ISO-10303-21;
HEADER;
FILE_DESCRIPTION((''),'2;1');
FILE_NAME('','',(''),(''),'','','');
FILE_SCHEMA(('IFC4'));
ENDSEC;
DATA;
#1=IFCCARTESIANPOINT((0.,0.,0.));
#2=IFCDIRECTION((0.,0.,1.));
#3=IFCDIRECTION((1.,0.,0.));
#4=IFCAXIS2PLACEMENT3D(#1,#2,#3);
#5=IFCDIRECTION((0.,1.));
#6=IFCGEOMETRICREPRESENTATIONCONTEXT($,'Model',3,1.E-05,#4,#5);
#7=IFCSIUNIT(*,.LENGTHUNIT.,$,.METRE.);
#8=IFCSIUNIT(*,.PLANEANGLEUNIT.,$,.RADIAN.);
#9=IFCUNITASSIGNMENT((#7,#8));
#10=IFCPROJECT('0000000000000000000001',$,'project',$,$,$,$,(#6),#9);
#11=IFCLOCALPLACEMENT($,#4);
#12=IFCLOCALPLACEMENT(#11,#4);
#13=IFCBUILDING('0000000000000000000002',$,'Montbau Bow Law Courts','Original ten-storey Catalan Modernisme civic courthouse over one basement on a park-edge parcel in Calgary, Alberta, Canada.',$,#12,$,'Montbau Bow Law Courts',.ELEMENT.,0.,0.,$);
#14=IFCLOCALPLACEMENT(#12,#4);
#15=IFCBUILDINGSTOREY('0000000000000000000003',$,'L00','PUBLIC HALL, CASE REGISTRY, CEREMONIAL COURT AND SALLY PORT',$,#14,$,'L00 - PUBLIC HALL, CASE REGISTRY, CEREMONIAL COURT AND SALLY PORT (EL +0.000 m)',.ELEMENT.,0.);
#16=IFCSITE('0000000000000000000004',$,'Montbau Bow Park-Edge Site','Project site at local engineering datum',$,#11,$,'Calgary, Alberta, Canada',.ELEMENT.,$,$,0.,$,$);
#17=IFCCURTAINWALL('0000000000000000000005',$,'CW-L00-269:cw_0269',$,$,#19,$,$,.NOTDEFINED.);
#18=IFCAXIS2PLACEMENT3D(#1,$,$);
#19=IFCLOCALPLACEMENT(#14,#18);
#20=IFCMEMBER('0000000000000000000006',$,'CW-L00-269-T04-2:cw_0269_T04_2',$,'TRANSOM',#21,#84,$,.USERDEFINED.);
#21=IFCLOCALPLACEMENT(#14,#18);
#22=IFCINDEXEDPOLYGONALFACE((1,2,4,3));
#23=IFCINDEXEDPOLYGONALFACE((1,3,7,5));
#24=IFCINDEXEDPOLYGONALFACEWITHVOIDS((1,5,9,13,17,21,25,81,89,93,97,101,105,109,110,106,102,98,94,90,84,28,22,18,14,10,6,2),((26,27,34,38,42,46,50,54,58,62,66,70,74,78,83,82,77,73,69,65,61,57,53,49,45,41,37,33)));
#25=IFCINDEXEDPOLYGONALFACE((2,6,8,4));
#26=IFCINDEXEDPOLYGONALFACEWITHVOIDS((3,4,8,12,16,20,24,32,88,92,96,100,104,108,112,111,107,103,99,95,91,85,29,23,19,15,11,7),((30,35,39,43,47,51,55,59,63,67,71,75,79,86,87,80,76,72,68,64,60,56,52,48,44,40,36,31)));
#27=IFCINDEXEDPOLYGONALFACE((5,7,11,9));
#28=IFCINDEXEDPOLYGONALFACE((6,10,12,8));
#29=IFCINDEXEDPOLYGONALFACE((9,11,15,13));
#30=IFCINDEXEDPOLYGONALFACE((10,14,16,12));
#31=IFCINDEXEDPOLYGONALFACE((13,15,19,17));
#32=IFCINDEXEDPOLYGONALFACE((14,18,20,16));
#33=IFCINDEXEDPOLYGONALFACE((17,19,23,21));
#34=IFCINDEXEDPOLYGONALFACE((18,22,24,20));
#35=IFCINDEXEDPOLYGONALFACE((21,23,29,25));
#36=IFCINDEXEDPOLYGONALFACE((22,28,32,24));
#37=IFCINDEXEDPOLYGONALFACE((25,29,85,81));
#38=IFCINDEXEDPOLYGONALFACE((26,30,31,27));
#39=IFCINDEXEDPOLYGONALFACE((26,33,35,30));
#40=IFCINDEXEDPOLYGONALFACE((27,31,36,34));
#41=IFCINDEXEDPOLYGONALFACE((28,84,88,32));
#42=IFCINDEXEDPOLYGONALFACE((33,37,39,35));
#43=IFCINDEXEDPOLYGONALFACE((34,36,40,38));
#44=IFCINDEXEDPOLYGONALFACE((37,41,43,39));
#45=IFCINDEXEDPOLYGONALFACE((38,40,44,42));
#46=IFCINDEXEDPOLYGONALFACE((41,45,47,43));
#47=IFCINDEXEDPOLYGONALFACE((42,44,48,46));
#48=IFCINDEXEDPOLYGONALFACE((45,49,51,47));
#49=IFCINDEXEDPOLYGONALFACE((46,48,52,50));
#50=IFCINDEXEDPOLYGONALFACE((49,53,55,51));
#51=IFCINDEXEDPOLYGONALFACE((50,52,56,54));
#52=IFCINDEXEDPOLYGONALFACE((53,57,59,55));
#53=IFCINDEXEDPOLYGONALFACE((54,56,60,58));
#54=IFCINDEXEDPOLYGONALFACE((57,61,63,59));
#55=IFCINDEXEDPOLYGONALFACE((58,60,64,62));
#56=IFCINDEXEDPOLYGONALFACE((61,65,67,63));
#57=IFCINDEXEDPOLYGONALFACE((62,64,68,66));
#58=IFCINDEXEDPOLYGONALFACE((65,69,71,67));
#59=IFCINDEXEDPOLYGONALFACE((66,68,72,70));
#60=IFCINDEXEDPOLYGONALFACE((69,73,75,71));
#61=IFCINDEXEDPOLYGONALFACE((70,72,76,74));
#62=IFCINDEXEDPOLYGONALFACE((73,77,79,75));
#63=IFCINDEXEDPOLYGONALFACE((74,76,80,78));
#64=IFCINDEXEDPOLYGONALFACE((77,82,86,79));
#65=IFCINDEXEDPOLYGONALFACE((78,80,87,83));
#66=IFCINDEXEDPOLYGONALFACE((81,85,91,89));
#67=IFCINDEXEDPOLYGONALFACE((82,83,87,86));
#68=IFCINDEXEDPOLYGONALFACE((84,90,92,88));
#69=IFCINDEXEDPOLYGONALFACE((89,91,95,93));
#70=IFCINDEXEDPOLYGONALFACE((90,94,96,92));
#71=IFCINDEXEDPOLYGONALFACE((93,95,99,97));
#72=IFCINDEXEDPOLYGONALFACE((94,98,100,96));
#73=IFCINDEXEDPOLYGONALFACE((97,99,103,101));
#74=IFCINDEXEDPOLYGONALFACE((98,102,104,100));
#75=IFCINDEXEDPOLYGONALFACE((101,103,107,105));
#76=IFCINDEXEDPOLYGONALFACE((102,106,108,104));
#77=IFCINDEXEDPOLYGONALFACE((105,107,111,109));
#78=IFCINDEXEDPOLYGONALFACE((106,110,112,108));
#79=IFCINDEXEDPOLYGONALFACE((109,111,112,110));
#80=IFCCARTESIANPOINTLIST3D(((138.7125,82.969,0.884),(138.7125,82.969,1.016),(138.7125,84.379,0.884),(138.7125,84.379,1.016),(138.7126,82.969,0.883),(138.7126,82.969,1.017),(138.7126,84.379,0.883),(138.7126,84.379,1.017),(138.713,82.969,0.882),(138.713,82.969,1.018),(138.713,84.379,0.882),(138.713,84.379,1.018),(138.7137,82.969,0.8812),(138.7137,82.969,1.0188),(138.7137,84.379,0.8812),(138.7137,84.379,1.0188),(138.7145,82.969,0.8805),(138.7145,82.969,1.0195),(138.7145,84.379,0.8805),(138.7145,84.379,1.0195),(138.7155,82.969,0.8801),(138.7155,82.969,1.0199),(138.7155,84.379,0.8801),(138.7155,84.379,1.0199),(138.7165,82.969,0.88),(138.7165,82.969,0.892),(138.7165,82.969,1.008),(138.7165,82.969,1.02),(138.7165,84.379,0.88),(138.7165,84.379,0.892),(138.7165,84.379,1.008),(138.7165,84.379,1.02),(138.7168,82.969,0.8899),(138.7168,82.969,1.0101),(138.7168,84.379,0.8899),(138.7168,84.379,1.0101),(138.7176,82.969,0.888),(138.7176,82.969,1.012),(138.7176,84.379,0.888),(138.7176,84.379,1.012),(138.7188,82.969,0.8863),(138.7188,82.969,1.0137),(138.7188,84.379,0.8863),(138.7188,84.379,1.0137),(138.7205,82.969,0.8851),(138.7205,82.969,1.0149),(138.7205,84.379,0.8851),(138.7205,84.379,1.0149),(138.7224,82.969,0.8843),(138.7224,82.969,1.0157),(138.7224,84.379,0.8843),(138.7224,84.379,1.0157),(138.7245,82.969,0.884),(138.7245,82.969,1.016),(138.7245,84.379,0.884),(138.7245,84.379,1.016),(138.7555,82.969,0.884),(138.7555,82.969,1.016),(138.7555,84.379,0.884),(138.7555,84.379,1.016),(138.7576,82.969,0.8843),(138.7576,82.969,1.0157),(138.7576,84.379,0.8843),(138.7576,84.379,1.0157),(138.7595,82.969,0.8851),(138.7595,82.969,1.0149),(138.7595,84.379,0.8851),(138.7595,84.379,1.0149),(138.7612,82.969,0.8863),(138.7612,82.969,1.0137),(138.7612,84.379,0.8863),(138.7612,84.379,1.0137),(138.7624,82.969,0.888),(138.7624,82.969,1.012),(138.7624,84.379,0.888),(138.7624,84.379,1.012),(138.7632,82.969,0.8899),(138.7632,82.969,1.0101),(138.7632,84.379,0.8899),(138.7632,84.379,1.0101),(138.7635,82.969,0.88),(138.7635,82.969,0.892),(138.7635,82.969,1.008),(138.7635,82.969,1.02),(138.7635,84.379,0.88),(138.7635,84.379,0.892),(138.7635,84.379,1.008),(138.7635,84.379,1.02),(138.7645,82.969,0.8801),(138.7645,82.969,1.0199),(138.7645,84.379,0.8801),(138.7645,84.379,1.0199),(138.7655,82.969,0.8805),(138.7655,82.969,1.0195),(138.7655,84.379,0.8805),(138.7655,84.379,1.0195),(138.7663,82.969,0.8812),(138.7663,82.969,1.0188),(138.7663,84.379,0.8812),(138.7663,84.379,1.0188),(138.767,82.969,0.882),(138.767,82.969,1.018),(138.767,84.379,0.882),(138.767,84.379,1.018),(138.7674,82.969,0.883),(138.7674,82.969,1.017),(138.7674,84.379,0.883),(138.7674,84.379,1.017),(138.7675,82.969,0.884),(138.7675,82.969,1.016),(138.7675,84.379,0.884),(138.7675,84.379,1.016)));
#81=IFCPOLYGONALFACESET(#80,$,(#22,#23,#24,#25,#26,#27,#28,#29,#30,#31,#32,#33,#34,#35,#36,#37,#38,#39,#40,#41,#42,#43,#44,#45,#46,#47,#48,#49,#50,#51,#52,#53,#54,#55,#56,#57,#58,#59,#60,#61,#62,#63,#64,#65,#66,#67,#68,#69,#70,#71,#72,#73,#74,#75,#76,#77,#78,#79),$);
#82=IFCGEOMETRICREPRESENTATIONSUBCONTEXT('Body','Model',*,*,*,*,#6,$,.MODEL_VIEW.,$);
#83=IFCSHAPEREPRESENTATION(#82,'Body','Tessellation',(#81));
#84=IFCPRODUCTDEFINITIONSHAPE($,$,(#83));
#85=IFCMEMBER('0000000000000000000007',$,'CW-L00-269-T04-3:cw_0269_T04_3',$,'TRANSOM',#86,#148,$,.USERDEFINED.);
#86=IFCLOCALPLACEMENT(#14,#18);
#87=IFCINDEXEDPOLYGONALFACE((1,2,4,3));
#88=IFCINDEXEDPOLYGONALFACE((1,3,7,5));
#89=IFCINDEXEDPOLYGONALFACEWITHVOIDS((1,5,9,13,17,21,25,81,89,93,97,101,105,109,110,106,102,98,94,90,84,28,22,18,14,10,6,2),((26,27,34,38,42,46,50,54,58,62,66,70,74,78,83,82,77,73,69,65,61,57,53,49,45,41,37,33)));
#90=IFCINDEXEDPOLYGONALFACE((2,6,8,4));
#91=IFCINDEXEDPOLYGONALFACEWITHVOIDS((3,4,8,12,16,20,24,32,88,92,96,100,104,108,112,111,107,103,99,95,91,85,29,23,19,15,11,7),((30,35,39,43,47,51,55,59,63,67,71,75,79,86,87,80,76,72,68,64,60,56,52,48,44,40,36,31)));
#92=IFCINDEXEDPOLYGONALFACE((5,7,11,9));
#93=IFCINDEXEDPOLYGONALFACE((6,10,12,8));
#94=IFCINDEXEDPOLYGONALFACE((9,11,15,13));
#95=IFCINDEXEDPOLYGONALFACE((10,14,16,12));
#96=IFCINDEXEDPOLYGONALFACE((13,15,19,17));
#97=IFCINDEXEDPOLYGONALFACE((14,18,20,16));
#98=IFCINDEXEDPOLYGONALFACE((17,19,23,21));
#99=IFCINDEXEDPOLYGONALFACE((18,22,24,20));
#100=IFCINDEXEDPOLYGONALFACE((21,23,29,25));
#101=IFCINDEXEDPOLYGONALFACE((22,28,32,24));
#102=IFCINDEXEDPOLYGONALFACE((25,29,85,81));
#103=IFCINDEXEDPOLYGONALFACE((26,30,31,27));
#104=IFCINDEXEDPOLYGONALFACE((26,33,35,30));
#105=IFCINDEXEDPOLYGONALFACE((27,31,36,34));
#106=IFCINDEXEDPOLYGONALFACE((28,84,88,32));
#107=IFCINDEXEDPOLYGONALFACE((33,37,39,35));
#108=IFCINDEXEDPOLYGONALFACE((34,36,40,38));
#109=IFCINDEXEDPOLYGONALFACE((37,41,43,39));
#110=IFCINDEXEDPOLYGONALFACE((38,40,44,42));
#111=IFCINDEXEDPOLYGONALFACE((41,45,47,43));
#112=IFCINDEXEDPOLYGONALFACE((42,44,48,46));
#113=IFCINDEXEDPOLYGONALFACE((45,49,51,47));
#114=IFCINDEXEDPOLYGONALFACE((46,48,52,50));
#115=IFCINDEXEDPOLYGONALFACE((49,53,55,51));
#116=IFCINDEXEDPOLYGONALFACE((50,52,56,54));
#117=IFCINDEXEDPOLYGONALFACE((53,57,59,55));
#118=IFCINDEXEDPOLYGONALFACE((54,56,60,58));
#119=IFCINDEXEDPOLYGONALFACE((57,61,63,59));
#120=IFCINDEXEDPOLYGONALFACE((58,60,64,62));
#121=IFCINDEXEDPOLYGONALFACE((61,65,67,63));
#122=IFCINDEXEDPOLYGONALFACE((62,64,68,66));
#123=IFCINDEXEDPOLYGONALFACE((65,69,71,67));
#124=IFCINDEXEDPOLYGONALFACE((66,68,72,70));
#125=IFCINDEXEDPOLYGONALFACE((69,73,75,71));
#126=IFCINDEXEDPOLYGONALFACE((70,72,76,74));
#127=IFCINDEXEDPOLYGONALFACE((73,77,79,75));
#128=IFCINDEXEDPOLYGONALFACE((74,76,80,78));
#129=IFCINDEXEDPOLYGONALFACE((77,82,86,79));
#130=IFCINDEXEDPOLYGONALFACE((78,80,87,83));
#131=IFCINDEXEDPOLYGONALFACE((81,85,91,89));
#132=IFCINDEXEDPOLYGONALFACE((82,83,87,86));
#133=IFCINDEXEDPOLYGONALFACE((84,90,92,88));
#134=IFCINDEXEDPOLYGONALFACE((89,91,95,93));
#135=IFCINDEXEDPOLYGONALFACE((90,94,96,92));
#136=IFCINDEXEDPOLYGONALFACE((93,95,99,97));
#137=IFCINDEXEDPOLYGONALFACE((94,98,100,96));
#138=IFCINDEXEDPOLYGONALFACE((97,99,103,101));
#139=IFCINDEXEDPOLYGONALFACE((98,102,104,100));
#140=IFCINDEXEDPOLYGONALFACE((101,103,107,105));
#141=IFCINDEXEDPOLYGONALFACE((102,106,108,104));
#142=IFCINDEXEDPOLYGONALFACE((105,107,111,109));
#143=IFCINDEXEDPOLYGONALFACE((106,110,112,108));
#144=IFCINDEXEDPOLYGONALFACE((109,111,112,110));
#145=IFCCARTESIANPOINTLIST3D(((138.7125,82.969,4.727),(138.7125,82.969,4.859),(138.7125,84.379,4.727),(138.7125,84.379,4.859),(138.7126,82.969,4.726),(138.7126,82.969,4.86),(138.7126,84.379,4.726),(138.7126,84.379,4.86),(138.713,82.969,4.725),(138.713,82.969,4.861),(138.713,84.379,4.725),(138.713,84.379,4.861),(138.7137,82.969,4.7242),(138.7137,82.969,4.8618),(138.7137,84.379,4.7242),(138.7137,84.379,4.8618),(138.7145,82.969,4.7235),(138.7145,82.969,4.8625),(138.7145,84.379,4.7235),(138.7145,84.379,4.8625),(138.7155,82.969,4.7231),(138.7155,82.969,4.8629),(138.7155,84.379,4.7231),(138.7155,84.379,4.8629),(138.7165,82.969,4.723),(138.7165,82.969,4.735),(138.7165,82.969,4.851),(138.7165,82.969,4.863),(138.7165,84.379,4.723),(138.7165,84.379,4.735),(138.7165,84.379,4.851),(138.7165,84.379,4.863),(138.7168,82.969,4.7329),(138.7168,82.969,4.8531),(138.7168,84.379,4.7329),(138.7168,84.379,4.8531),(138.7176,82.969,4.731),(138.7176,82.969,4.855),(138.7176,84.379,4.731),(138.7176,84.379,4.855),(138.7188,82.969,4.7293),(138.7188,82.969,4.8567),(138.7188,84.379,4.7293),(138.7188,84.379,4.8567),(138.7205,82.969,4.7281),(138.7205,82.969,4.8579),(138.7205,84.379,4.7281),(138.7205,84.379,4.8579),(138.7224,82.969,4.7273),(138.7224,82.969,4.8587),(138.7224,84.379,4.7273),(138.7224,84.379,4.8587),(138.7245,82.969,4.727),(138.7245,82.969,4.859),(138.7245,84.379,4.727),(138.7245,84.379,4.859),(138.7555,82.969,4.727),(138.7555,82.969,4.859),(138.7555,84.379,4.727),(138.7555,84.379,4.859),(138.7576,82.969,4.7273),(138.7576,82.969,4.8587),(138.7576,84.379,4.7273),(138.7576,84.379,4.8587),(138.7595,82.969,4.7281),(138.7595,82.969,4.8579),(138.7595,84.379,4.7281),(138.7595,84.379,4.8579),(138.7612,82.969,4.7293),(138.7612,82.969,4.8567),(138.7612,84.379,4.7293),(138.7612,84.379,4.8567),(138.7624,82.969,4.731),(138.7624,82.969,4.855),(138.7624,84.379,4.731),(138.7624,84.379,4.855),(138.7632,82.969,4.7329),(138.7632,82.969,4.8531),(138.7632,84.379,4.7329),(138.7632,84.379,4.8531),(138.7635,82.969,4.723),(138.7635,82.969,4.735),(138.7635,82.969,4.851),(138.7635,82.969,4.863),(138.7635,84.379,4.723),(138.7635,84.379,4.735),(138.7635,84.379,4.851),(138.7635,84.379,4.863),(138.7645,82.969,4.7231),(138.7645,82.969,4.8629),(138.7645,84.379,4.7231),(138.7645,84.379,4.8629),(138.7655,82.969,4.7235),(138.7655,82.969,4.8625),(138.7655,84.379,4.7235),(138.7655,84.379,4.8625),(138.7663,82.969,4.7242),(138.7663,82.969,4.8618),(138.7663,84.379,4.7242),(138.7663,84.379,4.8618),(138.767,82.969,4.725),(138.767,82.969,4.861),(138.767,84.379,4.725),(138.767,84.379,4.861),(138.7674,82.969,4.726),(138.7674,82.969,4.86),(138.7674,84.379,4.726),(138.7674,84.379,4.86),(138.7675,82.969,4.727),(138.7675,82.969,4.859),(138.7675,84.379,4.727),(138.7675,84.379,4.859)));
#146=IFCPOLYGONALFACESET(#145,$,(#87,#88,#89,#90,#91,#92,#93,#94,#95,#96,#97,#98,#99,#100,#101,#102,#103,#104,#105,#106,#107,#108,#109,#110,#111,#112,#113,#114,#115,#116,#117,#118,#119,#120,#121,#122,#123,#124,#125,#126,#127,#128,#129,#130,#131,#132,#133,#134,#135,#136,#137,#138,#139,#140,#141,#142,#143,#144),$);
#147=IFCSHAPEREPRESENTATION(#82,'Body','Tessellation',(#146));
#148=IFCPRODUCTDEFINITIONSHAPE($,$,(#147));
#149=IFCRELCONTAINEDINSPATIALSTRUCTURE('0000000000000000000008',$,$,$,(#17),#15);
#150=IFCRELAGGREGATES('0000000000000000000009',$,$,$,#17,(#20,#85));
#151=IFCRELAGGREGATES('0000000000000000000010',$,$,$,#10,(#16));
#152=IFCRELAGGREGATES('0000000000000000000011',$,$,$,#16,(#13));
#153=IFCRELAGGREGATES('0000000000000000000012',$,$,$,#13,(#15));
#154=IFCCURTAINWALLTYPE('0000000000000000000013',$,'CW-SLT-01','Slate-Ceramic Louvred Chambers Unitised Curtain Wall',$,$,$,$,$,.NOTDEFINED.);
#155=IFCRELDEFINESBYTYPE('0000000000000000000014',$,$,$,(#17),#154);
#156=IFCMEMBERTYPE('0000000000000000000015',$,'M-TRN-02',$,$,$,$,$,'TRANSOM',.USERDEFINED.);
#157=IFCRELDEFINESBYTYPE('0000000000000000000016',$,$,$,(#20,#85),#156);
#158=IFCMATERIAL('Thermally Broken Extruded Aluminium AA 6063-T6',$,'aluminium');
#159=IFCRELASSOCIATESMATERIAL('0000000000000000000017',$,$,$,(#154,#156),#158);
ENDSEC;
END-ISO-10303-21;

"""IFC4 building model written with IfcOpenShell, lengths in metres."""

from ifc_helpers import new_model, si_unit, direction, frame, origin_with_axes, origin_2d_with_axis, place, context, subcontext, project, spatial, hollow_rectangle, extrude, material, material_profile, profile_set, type_object, element, aggregate, save


model = new_model("IFC4")

# Units and contexts
model_context = context("Model", 3, precision=1e-05, world=origin_with_axes(), true_north=direction((0.0, 1.0)))
body_context = subcontext(model_context, "Body", "Model", "MODEL_VIEW")
ifc_project = project(units=[si_unit("LENGTHUNIT", "METRE"), si_unit("PLANEANGLEUNIT", "RADIAN")], contexts=[model_context])

# Site, building, storey
site_placement = place(None, origin_with_axes())
site = spatial("IfcSite", under=ifc_project, at=site_placement, Name="Montbau Bow Park-Edge Site", Description="Project site at local engineering datum", LongName="Calgary, Alberta, Canada", CompositionType="ELEMENT", RefElevation=0.0)
building_placement = place(site_placement, origin_with_axes())
building = spatial("IfcBuilding", under=site, at=building_placement, Name="Montbau Bow Law Courts", Description="Original ten-storey Catalan Modernisme civic courthouse over one basement on a park-edge parcel in Calgary, Alberta, Canada.", LongName="Montbau Bow Law Courts", CompositionType="ELEMENT", ElevationOfRefHeight=0.0, ElevationOfTerrain=0.0)
storey_placement = place(building_placement, origin_with_axes())
storey = spatial("IfcBuildingStorey", under=building, at=storey_placement, Name="L00", Description="PUBLIC HALL, CASE REGISTRY, CEREMONIAL COURT AND SALLY PORT", LongName="L00 - PUBLIC HALL, CASE REGISTRY, CEREMONIAL COURT AND SALLY PORT (EL +0.000 m)", CompositionType="ELEMENT", Elevation=0.0)

# Shared definitions
ifc_material_1 = material(Name="Thermally Broken Extruded Aluminium AA 6063-T6", Category="aluminium")
curtain_wall_type = type_object("IfcCurtainWallType", Name="CW-SLT-01", Description="Slate-Ceramic Louvred Chambers Unitised Curtain Wall", PredefinedType="NOTDEFINED", material=ifc_material_1)

# Curtain wall
curtain_wall_1_placement = place(None, frame((138.74, 78.515, 0.0), z_axis=(0.0, 0.0, 1.0), x_axis=(1.0, 0.0, 0.0)))
curtain_wall_1 = element("IfcCurtainWall", 1, at=curtain_wall_1_placement, inside=storey, type_object=curtain_wall_type, Name="CW-L00-269:cw_0269", PredefinedType="NOTDEFINED")

# Members
ifc_material_profile_1 = material_profile(ifc_material_1, hollow_rectangle(XDim=0.055, YDim=0.14, WallThickness=0.004, InnerFilletRadius=0.008, OuterFilletRadius=0.004, at=origin_2d_with_axis()), Name="CWT-140X55", Category="Main", Priority=0)
ifc_profile_set_1 = profile_set([ifc_material_profile_1], Name="Thermally Broken Extruded Aluminium AA 6063-T6")
member_type_1 = type_object("IfcMemberType", Name="M-TRN-02", ElementType="TRANSOM", PredefinedType="USERDEFINED", material=ifc_profile_set_1)
member_1_placement = place(None, frame((138.74, 82.969, 0.95), z_axis=(0.0, 1.0, 0.0), x_axis=(-1.0, 0.0, 0.0)))
member_1 = element("IfcMember", 2, at=member_1_placement, type_object=member_type_1, Name="CW-L00-269-T04-2:cw_0269_T04_2", ObjectType="TRANSOM", PredefinedType="USERDEFINED", context=body_context, shape_type="SweptSolid", body=[
    extrude(hollow_rectangle(XDim=0.055, YDim=0.14, WallThickness=0.004, InnerFilletRadius=0.008, OuterFilletRadius=0.004, at=origin_2d_with_axis()), origin_with_axes(), (0.0, 0.0, 1.0), 1.41),
])
member_2_placement = place(None, frame((138.74, 82.969, 4.793), z_axis=(0.0, 1.0, 0.0), x_axis=(-1.0, 0.0, 0.0)))
member_2 = element("IfcMember", 3, at=member_2_placement, type_object=member_type_1, Name="CW-L00-269-T04-3:cw_0269_T04_3", ObjectType="TRANSOM", PredefinedType="USERDEFINED", context=body_context, shape_type="SweptSolid", body=[
    extrude(hollow_rectangle(XDim=0.055, YDim=0.14, WallThickness=0.004, InnerFilletRadius=0.008, OuterFilletRadius=0.004, at=origin_2d_with_axis()), origin_with_axes(), (0.0, 0.0, 1.0), 1.41),
])

aggregate(curtain_wall_1, [member_1, member_2])

save(model, "model.ifc")
